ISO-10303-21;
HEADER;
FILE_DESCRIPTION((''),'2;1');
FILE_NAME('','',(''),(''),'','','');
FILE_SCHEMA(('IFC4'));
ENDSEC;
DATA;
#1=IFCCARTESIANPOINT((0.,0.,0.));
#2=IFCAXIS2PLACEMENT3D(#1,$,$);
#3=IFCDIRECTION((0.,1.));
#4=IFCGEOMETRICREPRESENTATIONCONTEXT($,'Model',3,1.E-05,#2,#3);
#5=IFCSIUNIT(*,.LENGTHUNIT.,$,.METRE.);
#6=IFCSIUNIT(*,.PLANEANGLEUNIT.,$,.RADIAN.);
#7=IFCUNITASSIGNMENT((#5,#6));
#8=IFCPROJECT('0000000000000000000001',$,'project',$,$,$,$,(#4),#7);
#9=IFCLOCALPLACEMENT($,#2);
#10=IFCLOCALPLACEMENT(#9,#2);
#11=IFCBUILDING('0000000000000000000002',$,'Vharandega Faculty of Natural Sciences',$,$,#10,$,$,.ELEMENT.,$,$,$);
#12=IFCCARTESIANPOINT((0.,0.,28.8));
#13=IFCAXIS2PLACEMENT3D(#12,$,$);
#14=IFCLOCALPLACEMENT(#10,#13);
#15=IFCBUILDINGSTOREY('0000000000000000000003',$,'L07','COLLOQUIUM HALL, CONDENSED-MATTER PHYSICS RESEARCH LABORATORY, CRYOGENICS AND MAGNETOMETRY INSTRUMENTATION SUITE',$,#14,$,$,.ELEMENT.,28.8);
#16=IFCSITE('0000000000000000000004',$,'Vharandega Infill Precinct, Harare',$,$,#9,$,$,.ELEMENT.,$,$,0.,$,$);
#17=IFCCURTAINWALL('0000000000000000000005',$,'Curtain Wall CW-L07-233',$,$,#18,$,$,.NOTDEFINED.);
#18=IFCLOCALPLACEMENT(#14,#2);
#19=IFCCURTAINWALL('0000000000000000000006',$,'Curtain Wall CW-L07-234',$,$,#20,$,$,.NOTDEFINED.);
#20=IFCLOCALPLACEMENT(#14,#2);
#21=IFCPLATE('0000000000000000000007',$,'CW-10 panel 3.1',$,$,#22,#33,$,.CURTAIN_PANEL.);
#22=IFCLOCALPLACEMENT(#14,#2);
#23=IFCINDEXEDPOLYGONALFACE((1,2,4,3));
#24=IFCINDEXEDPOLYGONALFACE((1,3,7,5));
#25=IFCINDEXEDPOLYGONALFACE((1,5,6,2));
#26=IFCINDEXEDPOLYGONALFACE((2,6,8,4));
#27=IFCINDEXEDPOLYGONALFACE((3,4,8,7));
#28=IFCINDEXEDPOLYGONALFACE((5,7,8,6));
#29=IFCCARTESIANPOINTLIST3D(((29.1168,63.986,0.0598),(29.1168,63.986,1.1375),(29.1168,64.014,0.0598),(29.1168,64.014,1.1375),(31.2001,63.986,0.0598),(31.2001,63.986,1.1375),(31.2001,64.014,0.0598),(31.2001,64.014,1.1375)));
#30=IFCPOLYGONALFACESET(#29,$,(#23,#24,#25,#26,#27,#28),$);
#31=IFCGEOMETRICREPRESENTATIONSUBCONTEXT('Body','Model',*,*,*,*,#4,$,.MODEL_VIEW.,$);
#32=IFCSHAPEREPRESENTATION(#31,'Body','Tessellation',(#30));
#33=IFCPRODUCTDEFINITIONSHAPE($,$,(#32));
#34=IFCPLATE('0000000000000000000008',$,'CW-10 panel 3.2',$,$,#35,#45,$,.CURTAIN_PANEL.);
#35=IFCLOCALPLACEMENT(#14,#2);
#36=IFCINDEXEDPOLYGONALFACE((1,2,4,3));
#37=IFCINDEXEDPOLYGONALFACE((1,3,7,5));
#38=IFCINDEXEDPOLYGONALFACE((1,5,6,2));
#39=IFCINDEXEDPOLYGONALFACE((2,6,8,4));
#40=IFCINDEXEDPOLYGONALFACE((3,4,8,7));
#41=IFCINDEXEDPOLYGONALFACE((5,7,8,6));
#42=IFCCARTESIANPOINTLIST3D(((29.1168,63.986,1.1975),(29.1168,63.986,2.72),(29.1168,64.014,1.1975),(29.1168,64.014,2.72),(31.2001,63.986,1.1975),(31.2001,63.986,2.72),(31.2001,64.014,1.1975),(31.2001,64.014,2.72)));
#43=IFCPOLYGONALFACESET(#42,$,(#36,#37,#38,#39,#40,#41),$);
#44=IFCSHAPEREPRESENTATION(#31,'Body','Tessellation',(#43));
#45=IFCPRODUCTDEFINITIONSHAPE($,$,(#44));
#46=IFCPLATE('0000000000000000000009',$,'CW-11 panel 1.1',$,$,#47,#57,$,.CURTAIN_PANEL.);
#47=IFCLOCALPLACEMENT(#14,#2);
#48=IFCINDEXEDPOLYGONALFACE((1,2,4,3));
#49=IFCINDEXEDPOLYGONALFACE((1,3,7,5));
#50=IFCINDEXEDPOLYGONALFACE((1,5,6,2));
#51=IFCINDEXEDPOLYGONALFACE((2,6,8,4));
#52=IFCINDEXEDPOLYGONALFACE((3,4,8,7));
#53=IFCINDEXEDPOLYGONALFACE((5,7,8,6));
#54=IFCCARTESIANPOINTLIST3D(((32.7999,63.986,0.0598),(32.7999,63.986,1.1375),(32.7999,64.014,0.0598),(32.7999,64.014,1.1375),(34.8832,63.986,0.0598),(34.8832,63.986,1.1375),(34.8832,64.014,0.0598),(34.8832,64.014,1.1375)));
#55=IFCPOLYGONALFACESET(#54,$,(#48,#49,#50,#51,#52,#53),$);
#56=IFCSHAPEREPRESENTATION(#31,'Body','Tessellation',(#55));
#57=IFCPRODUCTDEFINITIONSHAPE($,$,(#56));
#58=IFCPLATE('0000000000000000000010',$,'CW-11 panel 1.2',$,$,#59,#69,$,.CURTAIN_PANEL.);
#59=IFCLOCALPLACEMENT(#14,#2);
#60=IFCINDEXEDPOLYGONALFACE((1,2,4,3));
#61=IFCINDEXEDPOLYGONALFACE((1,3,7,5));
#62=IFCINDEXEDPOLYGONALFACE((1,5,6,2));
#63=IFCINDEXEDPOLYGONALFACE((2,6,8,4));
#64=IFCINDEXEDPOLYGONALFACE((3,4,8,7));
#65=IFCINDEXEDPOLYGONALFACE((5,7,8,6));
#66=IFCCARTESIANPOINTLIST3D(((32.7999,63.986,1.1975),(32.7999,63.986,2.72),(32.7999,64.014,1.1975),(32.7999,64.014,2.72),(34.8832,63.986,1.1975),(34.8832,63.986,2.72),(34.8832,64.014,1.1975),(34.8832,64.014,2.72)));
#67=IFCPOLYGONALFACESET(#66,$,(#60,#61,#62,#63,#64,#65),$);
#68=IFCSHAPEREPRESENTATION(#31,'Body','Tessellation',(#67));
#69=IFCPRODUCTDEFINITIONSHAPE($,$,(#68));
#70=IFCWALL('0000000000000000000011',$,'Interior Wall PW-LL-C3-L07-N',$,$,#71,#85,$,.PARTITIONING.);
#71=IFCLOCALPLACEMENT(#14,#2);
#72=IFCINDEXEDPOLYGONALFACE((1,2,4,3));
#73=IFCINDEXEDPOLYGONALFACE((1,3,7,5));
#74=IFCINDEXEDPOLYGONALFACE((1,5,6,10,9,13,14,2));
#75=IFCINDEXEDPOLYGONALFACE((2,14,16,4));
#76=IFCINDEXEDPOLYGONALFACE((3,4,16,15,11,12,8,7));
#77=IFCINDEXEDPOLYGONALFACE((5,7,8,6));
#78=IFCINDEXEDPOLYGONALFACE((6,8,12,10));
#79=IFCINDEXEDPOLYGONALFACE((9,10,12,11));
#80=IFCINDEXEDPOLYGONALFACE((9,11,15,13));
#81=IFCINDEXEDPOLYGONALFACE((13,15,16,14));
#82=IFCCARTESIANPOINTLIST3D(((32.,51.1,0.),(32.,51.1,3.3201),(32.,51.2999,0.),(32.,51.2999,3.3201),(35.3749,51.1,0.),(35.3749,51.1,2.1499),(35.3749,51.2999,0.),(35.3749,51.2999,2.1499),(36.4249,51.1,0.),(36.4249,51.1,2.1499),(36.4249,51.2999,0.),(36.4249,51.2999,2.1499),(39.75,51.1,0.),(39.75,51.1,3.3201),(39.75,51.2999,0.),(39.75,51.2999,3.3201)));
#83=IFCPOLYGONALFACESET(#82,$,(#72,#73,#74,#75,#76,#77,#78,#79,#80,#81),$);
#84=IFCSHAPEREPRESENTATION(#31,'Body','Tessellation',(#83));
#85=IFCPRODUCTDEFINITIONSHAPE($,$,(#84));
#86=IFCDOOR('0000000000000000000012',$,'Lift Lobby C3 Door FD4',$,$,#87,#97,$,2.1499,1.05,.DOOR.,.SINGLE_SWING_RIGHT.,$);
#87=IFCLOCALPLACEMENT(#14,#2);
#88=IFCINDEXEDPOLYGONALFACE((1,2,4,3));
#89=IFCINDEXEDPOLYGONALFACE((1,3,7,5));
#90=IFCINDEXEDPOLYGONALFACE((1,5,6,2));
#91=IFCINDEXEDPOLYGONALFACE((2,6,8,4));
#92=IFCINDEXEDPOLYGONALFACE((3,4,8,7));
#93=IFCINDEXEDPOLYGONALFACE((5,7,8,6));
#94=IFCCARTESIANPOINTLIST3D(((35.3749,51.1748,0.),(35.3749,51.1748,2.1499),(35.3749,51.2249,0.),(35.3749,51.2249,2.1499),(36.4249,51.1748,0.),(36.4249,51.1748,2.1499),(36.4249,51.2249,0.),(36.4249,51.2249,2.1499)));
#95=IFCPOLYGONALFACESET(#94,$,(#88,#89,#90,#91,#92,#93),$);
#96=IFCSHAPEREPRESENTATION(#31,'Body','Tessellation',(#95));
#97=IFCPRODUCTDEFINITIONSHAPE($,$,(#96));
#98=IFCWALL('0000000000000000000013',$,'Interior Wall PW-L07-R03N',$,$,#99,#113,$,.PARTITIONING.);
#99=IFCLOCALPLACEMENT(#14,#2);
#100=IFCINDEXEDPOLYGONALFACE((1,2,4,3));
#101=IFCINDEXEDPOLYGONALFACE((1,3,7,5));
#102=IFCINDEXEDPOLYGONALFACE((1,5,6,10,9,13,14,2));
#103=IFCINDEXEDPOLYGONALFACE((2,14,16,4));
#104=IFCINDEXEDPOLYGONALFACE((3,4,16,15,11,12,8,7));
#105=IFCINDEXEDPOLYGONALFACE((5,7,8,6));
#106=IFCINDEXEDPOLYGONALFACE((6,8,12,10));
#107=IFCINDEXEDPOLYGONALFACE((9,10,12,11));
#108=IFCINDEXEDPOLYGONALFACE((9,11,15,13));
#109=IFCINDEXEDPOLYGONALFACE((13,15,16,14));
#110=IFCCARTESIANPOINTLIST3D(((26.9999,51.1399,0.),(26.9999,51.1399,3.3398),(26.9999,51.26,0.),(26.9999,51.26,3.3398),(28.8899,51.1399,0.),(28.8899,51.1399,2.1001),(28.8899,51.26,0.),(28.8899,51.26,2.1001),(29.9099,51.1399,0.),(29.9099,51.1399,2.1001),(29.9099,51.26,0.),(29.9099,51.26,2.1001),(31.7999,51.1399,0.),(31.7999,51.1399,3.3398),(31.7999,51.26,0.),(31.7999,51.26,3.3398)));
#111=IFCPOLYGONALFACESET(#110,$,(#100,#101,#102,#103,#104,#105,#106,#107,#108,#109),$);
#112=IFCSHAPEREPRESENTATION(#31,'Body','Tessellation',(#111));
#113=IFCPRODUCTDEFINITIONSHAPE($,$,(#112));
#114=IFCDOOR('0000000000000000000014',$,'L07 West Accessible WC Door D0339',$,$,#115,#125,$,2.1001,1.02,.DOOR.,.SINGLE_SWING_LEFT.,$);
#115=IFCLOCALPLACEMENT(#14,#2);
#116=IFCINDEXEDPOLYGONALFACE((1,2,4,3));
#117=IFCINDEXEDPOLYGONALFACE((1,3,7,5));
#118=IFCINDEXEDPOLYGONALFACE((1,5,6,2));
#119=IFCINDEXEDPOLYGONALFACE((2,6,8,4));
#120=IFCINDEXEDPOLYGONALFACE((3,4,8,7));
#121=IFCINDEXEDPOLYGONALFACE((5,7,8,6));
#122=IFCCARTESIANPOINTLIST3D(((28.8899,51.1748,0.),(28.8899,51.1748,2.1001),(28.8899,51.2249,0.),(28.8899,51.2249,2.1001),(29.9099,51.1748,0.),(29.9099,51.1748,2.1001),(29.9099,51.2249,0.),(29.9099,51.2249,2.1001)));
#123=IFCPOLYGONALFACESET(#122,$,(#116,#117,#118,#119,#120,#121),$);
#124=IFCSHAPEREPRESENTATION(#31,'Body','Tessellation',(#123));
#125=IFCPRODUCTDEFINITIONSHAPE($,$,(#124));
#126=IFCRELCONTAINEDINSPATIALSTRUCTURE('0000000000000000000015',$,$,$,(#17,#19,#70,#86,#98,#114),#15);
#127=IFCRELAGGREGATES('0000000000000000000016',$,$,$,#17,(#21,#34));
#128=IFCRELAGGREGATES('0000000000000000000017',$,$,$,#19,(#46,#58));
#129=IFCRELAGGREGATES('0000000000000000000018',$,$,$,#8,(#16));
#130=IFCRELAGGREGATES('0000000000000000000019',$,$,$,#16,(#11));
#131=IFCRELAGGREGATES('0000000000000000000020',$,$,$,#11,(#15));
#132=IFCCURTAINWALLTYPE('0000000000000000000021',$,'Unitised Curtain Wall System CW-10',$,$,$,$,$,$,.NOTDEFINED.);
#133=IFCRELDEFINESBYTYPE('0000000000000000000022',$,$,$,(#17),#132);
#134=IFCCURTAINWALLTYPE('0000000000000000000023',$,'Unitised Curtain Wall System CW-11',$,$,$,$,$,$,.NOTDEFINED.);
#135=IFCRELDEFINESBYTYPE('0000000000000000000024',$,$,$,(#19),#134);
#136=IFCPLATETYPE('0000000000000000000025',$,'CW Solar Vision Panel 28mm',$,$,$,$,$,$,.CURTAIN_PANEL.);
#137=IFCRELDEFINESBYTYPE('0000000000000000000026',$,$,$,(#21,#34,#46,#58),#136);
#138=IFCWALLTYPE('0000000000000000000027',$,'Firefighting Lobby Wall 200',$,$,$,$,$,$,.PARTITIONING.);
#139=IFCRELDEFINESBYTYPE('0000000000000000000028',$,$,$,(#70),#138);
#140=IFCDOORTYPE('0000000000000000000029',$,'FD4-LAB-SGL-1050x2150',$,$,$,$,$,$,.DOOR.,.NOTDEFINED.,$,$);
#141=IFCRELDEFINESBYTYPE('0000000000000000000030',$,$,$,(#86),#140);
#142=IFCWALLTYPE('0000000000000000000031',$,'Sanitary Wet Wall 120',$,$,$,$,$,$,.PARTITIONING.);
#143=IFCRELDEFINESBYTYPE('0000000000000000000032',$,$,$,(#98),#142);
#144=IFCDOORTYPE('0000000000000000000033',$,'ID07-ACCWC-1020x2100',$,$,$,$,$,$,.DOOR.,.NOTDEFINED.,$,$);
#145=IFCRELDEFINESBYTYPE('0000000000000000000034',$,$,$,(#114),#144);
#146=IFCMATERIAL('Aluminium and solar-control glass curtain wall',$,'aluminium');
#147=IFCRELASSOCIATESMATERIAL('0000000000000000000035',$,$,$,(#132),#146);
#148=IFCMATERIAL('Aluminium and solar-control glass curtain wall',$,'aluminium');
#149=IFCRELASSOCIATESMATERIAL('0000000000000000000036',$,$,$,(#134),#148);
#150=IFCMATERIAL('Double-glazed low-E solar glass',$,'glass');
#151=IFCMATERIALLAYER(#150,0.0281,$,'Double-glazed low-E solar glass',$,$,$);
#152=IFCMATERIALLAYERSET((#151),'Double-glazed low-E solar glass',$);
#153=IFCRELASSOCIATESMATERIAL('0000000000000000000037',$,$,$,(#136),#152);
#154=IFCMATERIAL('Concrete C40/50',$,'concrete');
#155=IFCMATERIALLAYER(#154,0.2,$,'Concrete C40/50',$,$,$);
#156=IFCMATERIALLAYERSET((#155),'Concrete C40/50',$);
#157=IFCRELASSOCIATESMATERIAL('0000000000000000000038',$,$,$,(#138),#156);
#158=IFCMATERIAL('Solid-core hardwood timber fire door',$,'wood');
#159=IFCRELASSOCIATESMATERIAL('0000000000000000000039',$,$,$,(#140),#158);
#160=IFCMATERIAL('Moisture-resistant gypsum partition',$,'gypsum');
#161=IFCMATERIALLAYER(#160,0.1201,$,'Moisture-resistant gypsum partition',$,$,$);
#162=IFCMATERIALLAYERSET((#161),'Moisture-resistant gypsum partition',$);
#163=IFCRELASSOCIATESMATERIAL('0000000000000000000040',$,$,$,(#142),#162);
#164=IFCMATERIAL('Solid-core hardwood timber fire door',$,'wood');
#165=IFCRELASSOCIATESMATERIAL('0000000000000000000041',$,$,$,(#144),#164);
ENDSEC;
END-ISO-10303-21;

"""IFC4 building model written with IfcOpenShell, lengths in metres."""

from ifc_helpers import new_model, si_unit, direction, frame, frame_2d, origin, origin_2d, place, context, subcontext, project, spatial, rectangle, extrude, material, layer, layer_set, type_object, element, fill, aggregate, save


model = new_model("IFC4")

# Units and contexts
model_context = context("Model", 3, precision=1e-05, world=origin(), true_north=direction((0.0, 1.0)))
body_context = subcontext(model_context, "Body", "Model", "MODEL_VIEW")
ifc_project = project(units=[si_unit("LENGTHUNIT", "METRE"), si_unit("PLANEANGLEUNIT", "RADIAN")], contexts=[model_context])

# Site, building, storey
site_placement = place(None, origin())
site = spatial("IfcSite", under=ifc_project, at=site_placement, Name="Vharandega Infill Precinct, Harare", CompositionType="ELEMENT", RefElevation=0.0)
building_placement = place(site_placement, origin())
building = spatial("IfcBuilding", under=site, at=building_placement, Name="Vharandega Faculty of Natural Sciences", CompositionType="ELEMENT")
storey_placement = place(building_placement, frame((0.0, 0.0, 28.8)))
storey = spatial("IfcBuildingStorey", under=building, at=storey_placement, Name="L07", Description="COLLOQUIUM HALL, CONDENSED-MATTER PHYSICS RESEARCH LABORATORY, CRYOGENICS AND MAGNETOMETRY INSTRUMENTATION SUITE", CompositionType="ELEMENT", Elevation=28.8)

# Curtain wall
ifc_material_1 = material(Name="Aluminium and solar-control glass curtain wall", Category="aluminium")
curtain_wall_type_1 = type_object("IfcCurtainWallType", Name="Unitised Curtain Wall System CW-10", PredefinedType="NOTDEFINED", material=ifc_material_1)
curtain_wall_1_placement = place(storey_placement, origin())
curtain_wall_1 = element("IfcCurtainWall", 1, at=curtain_wall_1_placement, inside=storey, type_object=curtain_wall_type_1, Name="Curtain Wall CW-L07-233", PredefinedType="NOTDEFINED")

# Curtain wall
ifc_material_2 = material(Name="Aluminium and solar-control glass curtain wall", Category="aluminium")
curtain_wall_type_2 = type_object("IfcCurtainWallType", Name="Unitised Curtain Wall System CW-11", PredefinedType="NOTDEFINED", material=ifc_material_2)
curtain_wall_2_placement = place(storey_placement, origin())
curtain_wall_2 = element("IfcCurtainWall", 2, at=curtain_wall_2_placement, inside=storey, type_object=curtain_wall_type_2, Name="Curtain Wall CW-L07-234", PredefinedType="NOTDEFINED")

# Plates
ifc_material_3 = material(Name="Double-glazed low-E solar glass", Category="glass")
ifc_layer_1 = layer(ifc_material_3, 0.0281, Name="Double-glazed low-E solar glass")
ifc_layer_set_1 = layer_set([ifc_layer_1], Name="Double-glazed low-E solar glass")
plate_type = type_object("IfcPlateType", Name="CW Solar Vision Panel 28mm", PredefinedType="CURTAIN_PANEL", material=ifc_layer_set_1)
plate_1_placement = place(storey_placement, frame((30.1584, 64.0, 0.0598), z_axis=(0.0, 0.0, 1.0), x_axis=(1.0, 0.0, 0.0)))
plate_1 = element("IfcPlate", 3, at=plate_1_placement, type_object=plate_type, Name="CW-10 panel 3.1", PredefinedType="CURTAIN_PANEL", context=body_context, shape_type="SweptSolid", body=[
    extrude(rectangle(XDim=2.0833, YDim=0.0281, at=origin_2d()), origin(), (0.0, 0.0, 1.0), 1.0776),
])
plate_2_placement = place(storey_placement, frame((30.1584, 64.0, 1.1975), z_axis=(0.0, 0.0, 1.0), x_axis=(1.0, 0.0, 0.0)))
plate_2 = element("IfcPlate", 4, at=plate_2_placement, type_object=plate_type, Name="CW-10 panel 3.2", PredefinedType="CURTAIN_PANEL", context=body_context, shape_type="SweptSolid", body=[
    extrude(rectangle(XDim=2.0833, YDim=0.0281, at=origin_2d()), origin(), (0.0, 0.0, 1.0), 1.5225),
])
aggregate(curtain_wall_1, [plate_1, plate_2])
plate_3_placement = place(storey_placement, frame((33.8416, 64.0, 0.0598), z_axis=(0.0, 0.0, 1.0), x_axis=(1.0, 0.0, 0.0)))
plate_3 = element("IfcPlate", 5, at=plate_3_placement, type_object=plate_type, Name="CW-11 panel 1.1", PredefinedType="CURTAIN_PANEL", context=body_context, shape_type="SweptSolid", body=[
    extrude(rectangle(XDim=2.0833, YDim=0.0281, at=origin_2d()), origin(), (0.0, 0.0, 1.0), 1.0776),
])
plate_4_placement = place(storey_placement, frame((33.8416, 64.0, 1.1975), z_axis=(0.0, 0.0, 1.0), x_axis=(1.0, 0.0, 0.0)))
plate_4 = element("IfcPlate", 6, at=plate_4_placement, type_object=plate_type, Name="CW-11 panel 1.2", PredefinedType="CURTAIN_PANEL", context=body_context, shape_type="SweptSolid", body=[
    extrude(rectangle(XDim=2.0833, YDim=0.0281, at=origin_2d()), origin(), (0.0, 0.0, 1.0), 1.5225),
])
aggregate(curtain_wall_2, [plate_3, plate_4])

# Walls, openings, doors
ifc_material_4 = material(Name="Concrete C40/50", Category="concrete")
ifc_layer_2 = layer(ifc_material_4, 0.2, Name="Concrete C40/50")
ifc_layer_set_2 = layer_set([ifc_layer_2], Name="Concrete C40/50")
wall_type_1 = type_object("IfcWallType", Name="Firefighting Lobby Wall 200", PredefinedType="PARTITIONING", material=ifc_layer_set_2)
wall_1_placement = place(storey_placement, frame((32.0, 51.2, 0.0), z_axis=(0.0, 0.0, 1.0), x_axis=(1.0, 0.0, 0.0)))
wall_1 = element("IfcWall", 7, at=wall_1_placement, inside=storey, type_object=wall_type_1, Name="Interior Wall PW-LL-C3-L07-N", PredefinedType="PARTITIONING", context=body_context, shape_type="SweptSolid", body=[
    extrude(rectangle(XDim=7.75, YDim=0.2, at=frame_2d((3.875, 0.0))), origin(), (0.0, 0.0, 1.0), 3.3201),
])
opening_1_placement = place(wall_1_placement, frame((3.375, 0.0, 0.0)))
opening_1 = element("IfcOpeningElement", 8, at=opening_1_placement, cuts=wall_1, PredefinedType="OPENING", context=body_context, shape_type="SweptSolid", body=[
    extrude(rectangle(XDim=1.05, YDim=2.1499, at=frame_2d((0.5249, 1.075))), frame((0.0, 0.1099, 0.0), z_axis=(0.0, -1.0, 0.0), x_axis=(1.0, 0.0, 0.0)), (0.0, 0.0, 1.0), 0.22),
])
ifc_material_5 = material(Name="Solid-core hardwood timber fire door", Category="wood")
door_type_1 = type_object("IfcDoorType", Name="FD4-LAB-SGL-1050x2150", OperationType="NOTDEFINED", PredefinedType="DOOR", material=ifc_material_5)
door_1_placement = place(opening_1_placement, origin())
door_1 = element("IfcDoor", 9, at=door_1_placement, inside=storey, type_object=door_type_1, Name="Lift Lobby C3 Door FD4", OperationType="SINGLE_SWING_RIGHT", OverallHeight=2.1499, OverallWidth=1.05, PredefinedType="DOOR", context=body_context, shape_type="SweptSolid", body=[
    extrude(rectangle(XDim=1.05, YDim=2.1499, at=frame_2d((0.5249, 1.075))), frame((0.0, 0.0249, 0.0), z_axis=(0.0, -1.0, 0.0), x_axis=(1.0, 0.0, 0.0)), (0.0, 0.0, 1.0), 0.05),
])
fill(opening_1, door_1)
ifc_material_6 = material(Name="Moisture-resistant gypsum partition", Category="gypsum")
ifc_layer_3 = layer(ifc_material_6, 0.1201, Name="Moisture-resistant gypsum partition")
ifc_layer_set_3 = layer_set([ifc_layer_3], Name="Moisture-resistant gypsum partition")
wall_type_2 = type_object("IfcWallType", Name="Sanitary Wet Wall 120", PredefinedType="PARTITIONING", material=ifc_layer_set_3)
wall_2_placement = place(storey_placement, frame((27.0, 51.2, 0.0), z_axis=(0.0, 0.0, 1.0), x_axis=(1.0, 0.0, 0.0)))
wall_2 = element("IfcWall", 10, at=wall_2_placement, inside=storey, type_object=wall_type_2, Name="Interior Wall PW-L07-R03N", PredefinedType="PARTITIONING", context=body_context, shape_type="SweptSolid", body=[
    extrude(rectangle(XDim=4.8, YDim=0.1201, at=frame_2d((2.3999, 0.0))), origin(), (0.0, 0.0, 1.0), 3.3398),
])
opening_2_placement = place(wall_2_placement, frame((1.8899, 0.0, 0.0)))
opening_2 = element("IfcOpeningElement", 11, at=opening_2_placement, cuts=wall_2, PredefinedType="OPENING", context=body_context, shape_type="SweptSolid", body=[
    extrude(rectangle(XDim=1.02, YDim=2.1001, at=frame_2d((0.51, 1.05))), frame((0.0, 0.0701, 0.0), z_axis=(0.0, -1.0, 0.0), x_axis=(1.0, 0.0, 0.0)), (0.0, 0.0, 1.0), 0.1401),
])
ifc_material_7 = material(Name="Solid-core hardwood timber fire door", Category="wood")
door_type_2 = type_object("IfcDoorType", Name="ID07-ACCWC-1020x2100", OperationType="NOTDEFINED", PredefinedType="DOOR", material=ifc_material_7)
door_2_placement = place(opening_2_placement, origin())
door_2 = element("IfcDoor", 12, at=door_2_placement, inside=storey, type_object=door_type_2, Name="L07 West Accessible WC Door D0339", OperationType="SINGLE_SWING_LEFT", OverallHeight=2.1001, OverallWidth=1.02, PredefinedType="DOOR", context=body_context, shape_type="SweptSolid", body=[
    extrude(rectangle(XDim=1.02, YDim=2.1001, at=frame_2d((0.51, 1.05))), frame((0.0, 0.0249, 0.0), z_axis=(0.0, -1.0, 0.0), x_axis=(1.0, 0.0, 0.0)), (0.0, 0.0, 1.0), 0.05),
])
fill(opening_2, door_2)

save(model, "model.ifc")
